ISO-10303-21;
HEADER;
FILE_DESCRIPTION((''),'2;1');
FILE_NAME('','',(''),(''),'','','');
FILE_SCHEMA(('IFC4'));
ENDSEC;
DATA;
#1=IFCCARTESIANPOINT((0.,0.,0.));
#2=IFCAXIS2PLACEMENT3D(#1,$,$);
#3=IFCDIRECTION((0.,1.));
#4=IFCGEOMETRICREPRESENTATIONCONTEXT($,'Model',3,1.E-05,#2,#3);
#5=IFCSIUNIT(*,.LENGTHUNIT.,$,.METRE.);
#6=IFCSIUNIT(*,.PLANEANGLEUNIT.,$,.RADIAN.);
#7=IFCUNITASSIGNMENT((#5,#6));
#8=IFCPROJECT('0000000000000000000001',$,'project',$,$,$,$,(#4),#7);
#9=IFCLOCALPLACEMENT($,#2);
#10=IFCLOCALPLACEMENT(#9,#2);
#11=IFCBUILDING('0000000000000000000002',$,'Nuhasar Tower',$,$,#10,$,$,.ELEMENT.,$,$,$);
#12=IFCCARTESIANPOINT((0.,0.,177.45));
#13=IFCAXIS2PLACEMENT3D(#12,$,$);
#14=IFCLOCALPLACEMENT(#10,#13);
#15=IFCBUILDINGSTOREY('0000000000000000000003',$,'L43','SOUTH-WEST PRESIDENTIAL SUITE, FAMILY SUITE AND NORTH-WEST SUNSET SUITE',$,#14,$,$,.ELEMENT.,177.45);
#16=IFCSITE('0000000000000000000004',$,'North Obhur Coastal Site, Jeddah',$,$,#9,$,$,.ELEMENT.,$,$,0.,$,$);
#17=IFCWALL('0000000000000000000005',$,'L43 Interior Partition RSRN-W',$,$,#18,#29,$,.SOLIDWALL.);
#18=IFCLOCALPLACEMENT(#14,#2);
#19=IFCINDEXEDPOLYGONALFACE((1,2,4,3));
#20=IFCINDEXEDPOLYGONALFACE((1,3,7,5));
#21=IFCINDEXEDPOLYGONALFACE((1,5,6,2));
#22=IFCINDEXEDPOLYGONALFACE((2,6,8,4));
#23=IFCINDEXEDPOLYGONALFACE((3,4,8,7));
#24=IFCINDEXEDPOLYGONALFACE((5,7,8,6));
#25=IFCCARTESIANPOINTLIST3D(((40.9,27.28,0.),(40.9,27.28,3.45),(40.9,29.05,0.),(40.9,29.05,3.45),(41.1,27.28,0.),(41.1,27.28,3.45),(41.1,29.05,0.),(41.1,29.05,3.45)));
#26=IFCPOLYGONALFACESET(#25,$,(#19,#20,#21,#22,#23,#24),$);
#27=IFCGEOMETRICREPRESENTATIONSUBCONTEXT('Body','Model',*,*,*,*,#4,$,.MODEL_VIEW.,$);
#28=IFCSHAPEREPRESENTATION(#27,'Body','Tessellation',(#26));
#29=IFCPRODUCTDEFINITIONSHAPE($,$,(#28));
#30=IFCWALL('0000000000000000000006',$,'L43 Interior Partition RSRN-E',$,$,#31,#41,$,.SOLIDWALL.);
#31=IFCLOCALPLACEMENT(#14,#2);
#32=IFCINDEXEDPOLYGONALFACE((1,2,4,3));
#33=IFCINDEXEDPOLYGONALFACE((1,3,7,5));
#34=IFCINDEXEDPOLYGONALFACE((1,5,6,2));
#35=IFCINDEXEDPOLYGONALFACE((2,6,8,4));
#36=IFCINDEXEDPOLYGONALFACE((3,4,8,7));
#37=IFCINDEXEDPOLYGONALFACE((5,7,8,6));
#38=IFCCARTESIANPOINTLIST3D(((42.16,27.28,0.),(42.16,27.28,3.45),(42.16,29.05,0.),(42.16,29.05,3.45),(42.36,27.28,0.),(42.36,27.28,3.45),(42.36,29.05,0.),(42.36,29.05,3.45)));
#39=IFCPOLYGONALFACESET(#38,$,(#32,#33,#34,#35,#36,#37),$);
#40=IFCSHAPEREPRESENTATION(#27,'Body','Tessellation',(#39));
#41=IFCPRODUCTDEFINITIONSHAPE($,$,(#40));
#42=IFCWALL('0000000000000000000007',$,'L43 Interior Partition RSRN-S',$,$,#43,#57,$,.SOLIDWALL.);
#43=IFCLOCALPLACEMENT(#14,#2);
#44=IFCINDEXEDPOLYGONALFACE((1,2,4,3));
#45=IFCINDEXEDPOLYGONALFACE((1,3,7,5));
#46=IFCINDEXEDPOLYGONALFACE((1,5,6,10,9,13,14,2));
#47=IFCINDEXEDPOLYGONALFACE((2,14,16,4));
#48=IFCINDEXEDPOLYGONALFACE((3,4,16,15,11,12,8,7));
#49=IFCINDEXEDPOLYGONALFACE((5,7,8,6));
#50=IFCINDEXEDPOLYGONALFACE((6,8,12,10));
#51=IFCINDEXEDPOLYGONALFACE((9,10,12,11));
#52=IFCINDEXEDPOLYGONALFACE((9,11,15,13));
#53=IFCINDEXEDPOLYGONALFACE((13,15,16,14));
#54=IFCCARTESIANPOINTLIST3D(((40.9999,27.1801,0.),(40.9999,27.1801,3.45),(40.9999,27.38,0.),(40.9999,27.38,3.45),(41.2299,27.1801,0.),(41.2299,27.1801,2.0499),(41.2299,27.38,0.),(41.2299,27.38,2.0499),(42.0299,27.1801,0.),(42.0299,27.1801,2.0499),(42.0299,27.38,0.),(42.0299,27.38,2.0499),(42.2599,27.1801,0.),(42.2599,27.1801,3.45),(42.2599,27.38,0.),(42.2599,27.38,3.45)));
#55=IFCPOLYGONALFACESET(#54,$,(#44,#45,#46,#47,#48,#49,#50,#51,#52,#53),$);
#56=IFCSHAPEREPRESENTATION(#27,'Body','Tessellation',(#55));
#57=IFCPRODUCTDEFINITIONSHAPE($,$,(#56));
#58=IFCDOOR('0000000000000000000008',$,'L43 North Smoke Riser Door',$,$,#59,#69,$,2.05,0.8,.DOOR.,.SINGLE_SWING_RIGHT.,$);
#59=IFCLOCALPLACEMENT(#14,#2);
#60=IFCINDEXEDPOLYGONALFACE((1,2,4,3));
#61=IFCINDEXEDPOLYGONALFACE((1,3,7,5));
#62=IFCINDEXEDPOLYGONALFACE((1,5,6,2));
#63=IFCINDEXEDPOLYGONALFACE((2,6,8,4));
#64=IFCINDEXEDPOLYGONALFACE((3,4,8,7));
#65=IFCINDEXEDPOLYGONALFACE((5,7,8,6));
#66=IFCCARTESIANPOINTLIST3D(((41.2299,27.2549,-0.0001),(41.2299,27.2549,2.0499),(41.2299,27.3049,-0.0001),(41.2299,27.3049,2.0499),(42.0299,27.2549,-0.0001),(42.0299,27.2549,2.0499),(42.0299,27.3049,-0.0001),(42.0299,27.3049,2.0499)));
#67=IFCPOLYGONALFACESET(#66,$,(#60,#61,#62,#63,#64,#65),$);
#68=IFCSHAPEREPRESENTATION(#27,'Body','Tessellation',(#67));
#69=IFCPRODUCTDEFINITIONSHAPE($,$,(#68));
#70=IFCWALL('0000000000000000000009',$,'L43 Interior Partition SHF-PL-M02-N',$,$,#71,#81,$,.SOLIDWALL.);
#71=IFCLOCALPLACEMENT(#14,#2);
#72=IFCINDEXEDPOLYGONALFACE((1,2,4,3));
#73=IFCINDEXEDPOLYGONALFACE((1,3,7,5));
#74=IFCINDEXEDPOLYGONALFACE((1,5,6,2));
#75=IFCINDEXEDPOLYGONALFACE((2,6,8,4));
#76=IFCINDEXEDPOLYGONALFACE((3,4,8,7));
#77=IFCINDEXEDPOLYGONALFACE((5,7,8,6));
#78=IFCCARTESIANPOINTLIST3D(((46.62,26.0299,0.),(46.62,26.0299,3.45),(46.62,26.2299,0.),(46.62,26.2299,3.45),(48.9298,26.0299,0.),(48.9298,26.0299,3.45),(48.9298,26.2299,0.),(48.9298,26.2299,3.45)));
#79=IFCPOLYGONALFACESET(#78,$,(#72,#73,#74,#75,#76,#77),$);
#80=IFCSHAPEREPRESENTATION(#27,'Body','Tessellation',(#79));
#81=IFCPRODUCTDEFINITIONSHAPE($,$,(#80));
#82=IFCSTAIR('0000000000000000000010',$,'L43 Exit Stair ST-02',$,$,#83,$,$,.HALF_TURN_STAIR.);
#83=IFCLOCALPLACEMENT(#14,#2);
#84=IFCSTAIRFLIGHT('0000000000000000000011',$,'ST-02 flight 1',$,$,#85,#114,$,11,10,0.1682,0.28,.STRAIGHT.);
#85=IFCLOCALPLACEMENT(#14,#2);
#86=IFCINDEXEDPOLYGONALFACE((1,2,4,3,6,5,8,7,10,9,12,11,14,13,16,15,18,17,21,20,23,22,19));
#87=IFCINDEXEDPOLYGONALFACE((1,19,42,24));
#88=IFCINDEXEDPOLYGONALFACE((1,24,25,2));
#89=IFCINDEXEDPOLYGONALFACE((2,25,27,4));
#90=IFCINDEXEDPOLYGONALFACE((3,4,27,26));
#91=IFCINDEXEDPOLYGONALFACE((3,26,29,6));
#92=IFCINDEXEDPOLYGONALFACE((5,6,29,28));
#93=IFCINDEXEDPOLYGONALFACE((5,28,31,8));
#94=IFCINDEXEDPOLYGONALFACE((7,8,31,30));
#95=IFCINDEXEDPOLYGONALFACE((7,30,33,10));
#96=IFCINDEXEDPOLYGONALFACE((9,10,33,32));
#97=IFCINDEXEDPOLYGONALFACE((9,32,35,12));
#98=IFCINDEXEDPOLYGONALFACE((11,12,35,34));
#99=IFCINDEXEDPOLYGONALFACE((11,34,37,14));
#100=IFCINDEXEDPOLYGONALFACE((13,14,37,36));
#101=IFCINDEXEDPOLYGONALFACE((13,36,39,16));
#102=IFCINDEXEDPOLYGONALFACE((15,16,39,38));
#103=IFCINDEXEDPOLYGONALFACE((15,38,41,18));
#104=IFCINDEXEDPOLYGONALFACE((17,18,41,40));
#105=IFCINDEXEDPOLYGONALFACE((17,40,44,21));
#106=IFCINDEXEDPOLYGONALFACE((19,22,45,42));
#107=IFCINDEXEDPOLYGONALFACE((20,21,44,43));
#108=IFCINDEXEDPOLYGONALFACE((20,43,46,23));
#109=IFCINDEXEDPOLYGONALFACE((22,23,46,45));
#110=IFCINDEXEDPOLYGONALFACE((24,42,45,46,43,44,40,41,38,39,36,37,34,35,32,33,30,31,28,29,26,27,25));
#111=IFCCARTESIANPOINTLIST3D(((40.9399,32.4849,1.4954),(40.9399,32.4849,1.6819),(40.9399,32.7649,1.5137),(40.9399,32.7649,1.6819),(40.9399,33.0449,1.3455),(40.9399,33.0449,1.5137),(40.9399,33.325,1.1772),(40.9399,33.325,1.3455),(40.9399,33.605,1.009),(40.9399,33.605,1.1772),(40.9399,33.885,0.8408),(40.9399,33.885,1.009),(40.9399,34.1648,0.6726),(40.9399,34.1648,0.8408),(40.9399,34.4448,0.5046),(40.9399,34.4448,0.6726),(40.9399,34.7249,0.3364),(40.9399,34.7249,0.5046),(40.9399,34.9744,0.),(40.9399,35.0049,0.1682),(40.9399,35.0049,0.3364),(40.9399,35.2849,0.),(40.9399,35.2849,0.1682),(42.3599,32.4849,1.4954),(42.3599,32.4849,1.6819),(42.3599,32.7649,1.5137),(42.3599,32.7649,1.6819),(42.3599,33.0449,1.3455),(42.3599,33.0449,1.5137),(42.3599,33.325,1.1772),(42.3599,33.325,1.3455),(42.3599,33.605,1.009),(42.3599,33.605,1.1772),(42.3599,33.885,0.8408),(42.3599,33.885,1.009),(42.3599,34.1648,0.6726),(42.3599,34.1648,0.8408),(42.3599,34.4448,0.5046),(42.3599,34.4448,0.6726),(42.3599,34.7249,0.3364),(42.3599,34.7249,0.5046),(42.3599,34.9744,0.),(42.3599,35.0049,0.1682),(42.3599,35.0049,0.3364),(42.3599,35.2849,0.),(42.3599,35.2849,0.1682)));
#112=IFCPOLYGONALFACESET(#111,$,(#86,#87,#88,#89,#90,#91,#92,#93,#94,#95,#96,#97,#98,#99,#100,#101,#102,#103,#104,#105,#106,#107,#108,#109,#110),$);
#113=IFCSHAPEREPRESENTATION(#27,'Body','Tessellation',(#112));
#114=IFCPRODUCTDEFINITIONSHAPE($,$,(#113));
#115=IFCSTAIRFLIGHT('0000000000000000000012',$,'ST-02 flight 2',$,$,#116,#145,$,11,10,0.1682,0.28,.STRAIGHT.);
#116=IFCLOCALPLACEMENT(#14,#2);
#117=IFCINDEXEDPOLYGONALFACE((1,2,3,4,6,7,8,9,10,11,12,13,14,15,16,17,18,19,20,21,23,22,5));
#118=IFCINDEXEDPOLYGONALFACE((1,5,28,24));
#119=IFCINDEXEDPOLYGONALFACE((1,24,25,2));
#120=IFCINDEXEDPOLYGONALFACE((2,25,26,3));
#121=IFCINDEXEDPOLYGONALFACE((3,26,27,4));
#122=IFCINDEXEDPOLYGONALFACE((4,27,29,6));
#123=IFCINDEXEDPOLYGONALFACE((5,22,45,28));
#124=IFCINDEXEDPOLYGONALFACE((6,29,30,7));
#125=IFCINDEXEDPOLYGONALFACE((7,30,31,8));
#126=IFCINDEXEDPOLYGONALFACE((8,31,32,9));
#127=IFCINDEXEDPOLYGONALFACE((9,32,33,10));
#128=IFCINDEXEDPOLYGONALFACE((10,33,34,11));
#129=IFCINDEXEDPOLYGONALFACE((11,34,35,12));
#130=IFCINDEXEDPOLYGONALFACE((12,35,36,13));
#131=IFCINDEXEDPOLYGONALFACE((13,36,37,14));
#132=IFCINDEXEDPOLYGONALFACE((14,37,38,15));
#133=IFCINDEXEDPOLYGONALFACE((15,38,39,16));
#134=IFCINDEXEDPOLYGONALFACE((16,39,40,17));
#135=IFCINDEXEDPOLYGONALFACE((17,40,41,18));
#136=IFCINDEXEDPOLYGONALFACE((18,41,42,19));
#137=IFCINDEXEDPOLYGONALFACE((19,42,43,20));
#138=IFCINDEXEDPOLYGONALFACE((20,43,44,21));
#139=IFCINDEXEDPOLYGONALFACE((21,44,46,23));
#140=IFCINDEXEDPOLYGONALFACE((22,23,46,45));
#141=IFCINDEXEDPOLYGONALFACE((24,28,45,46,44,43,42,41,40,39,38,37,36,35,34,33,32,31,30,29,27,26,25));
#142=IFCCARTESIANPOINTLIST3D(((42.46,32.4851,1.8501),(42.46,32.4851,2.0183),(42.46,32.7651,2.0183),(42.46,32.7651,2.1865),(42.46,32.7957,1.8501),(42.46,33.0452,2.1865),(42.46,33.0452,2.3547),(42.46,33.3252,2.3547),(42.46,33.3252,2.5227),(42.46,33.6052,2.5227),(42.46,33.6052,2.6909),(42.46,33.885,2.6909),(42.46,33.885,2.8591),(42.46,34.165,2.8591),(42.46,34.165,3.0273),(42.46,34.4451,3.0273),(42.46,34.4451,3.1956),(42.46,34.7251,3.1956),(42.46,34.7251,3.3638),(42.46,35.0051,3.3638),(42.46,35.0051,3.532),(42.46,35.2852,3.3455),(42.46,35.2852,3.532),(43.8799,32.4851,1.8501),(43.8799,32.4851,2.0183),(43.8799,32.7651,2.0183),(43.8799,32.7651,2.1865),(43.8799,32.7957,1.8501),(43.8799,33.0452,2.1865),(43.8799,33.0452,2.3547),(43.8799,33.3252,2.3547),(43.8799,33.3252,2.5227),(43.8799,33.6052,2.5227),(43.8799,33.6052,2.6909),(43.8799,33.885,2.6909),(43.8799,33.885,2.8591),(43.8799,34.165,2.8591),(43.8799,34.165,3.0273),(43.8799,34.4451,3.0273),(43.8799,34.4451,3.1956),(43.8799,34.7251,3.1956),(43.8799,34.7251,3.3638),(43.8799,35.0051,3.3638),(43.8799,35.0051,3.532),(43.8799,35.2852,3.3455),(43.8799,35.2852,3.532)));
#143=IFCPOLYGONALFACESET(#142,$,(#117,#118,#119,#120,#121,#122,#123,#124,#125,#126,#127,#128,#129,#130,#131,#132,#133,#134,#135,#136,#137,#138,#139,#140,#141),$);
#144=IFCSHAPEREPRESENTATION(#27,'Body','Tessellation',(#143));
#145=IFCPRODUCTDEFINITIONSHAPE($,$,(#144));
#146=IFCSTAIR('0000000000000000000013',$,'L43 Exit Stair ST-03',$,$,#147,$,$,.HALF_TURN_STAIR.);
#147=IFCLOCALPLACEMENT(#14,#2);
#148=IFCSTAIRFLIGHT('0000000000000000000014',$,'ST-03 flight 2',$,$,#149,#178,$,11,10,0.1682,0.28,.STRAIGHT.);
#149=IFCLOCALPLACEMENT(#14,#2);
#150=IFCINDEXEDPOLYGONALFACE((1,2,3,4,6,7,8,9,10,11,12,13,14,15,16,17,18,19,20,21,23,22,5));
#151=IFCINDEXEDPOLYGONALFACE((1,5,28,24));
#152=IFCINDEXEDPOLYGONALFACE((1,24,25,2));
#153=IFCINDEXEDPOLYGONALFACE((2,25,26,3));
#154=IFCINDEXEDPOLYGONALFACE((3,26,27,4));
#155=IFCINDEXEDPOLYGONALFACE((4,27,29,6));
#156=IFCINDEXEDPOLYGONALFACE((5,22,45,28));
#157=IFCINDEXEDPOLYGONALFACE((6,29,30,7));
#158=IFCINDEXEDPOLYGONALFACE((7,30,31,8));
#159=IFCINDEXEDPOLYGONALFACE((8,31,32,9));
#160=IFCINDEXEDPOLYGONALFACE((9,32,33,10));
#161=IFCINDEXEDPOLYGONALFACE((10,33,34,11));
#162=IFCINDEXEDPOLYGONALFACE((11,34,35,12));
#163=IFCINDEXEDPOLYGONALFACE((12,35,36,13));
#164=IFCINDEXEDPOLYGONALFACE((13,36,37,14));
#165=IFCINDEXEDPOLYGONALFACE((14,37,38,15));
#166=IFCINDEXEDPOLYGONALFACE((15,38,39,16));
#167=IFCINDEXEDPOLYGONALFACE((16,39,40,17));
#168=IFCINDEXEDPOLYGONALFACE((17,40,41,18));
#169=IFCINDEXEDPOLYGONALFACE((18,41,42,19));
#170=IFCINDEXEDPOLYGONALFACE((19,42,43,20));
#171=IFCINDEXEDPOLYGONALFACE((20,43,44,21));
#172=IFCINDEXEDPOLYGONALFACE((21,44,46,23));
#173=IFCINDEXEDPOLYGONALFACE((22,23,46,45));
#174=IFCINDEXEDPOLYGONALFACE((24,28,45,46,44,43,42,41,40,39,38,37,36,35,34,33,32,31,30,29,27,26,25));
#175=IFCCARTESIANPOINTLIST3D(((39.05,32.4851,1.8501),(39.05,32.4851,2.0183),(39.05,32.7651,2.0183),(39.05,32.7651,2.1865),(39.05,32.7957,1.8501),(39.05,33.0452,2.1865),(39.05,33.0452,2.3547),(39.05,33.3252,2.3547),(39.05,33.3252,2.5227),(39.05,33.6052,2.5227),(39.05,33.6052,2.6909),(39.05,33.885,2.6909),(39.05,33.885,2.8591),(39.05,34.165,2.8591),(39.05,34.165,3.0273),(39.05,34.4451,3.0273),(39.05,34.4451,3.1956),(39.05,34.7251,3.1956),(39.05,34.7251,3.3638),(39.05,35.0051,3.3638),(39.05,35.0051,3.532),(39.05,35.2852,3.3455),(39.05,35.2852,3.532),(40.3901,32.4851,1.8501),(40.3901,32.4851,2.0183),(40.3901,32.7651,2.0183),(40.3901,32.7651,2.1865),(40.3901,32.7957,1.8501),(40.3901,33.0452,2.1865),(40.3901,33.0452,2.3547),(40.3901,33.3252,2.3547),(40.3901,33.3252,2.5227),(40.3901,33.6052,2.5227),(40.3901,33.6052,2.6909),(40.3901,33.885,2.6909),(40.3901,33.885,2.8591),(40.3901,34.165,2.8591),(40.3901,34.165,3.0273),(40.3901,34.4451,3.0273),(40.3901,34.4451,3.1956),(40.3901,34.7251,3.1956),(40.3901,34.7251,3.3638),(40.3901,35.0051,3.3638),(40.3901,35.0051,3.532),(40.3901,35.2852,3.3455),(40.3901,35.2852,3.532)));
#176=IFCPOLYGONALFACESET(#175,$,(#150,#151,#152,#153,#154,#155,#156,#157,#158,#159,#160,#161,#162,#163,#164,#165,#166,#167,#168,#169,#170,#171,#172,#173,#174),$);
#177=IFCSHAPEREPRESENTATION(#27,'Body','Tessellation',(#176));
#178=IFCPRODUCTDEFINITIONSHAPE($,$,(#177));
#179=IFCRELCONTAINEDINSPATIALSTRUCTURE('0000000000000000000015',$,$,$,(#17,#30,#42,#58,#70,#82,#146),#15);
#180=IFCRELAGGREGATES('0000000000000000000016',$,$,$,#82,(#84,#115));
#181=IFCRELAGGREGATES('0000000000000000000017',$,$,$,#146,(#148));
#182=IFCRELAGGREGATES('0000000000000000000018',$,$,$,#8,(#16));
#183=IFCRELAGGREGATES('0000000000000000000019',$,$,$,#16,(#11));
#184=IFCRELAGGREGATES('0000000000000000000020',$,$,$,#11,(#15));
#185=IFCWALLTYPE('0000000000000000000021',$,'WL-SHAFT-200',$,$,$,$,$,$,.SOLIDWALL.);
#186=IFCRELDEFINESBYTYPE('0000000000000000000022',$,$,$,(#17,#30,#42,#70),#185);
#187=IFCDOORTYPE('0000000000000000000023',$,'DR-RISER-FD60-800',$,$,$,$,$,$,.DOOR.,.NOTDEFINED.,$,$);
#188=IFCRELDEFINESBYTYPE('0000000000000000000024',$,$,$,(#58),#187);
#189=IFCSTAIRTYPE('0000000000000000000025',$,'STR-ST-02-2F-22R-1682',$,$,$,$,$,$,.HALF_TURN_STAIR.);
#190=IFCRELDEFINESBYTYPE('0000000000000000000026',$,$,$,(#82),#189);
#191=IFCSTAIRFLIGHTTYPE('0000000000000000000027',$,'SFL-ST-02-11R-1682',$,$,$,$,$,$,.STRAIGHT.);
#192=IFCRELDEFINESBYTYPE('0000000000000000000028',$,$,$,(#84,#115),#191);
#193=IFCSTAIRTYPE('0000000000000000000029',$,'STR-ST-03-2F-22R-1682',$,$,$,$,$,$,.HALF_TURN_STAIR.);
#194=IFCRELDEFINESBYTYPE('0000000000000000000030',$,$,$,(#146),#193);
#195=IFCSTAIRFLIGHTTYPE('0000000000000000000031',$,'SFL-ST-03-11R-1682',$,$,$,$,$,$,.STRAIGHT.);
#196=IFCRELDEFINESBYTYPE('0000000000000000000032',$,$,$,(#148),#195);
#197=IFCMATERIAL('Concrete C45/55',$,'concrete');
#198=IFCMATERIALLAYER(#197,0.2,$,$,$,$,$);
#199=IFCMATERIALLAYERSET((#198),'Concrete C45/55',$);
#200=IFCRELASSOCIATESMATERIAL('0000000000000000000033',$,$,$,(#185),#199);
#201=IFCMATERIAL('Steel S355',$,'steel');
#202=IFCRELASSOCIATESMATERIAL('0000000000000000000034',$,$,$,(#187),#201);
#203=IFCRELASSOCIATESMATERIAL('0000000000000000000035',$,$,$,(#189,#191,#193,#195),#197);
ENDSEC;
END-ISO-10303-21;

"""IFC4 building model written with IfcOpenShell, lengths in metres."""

from ifc_helpers import new_model, si_unit, direction, frame, frame_2d, origin, place, context, subcontext, project, spatial, polyline, rectangle, outline, extrude, material, layer, layer_set, type_object, element, fill, aggregate, save


model = new_model("IFC4")

# Units and contexts
model_context = context("Model", 3, precision=1e-05, world=origin(), true_north=direction((0.0, 1.0)))
body_context = subcontext(model_context, "Body", "Model", "MODEL_VIEW")
ifc_project = project(units=[si_unit("LENGTHUNIT", "METRE"), si_unit("PLANEANGLEUNIT", "RADIAN")], contexts=[model_context])

# Site, building, storey
site_placement = place(None, origin())
site = spatial("IfcSite", under=ifc_project, at=site_placement, Name="North Obhur Coastal Site, Jeddah", CompositionType="ELEMENT", RefElevation=0.0)
building_placement = place(site_placement, origin())
building = spatial("IfcBuilding", under=site, at=building_placement, Name="Nuhasar Tower", CompositionType="ELEMENT")
storey_placement = place(building_placement, frame((0.0, 0.0, 177.45)))
storey = spatial("IfcBuildingStorey", under=building, at=storey_placement, Name="L43", Description="SOUTH-WEST PRESIDENTIAL SUITE, FAMILY SUITE AND NORTH-WEST SUNSET SUITE", CompositionType="ELEMENT", Elevation=177.45)

# Shared definitions
ifc_material_1 = material(Name="Steel S355", Category="steel")

# Shared definitions
ifc_material_2 = material(Name="Concrete C45/55", Category="concrete")

# Walls
ifc_layer_1 = layer(ifc_material_2, 0.2)
ifc_layer_set_1 = layer_set([ifc_layer_1], Name="Concrete C45/55")
wall_type_1 = type_object("IfcWallType", Name="WL-SHAFT-200", PredefinedType="SOLIDWALL", material=ifc_layer_set_1)
for number, where, z_axis, x_axis, name in (
    (1, (41.0, 27.28, 0.0), (0.0, 0.0, 1.0), (0.0, 1.0, 0.0), "L43 Interior Partition RSRN-W"),
    (2, (42.26, 27.28, 0.0), (0.0, 0.0, 1.0), (0.0, 1.0, 0.0), "L43 Interior Partition RSRN-E"),
):
    element("IfcWall", number, at=place(storey_placement, frame(where, z_axis=z_axis, x_axis=x_axis)), inside=storey, type_object=wall_type_1, Name=name, PredefinedType="SOLIDWALL", context=body_context, shape_type="SweptSolid", body=[
        extrude(rectangle(XDim=1.77, YDim=0.2, at=frame_2d((0.885, 0.0))), origin(), (0.0, 0.0, 1.0), 3.45),
    ])

# Wall, opening, door
wall_1_placement = place(storey_placement, frame((41.0, 27.28, 0.0), z_axis=(0.0, 0.0, 1.0), x_axis=(1.0, 0.0, 0.0)))
wall_1 = element("IfcWall", 3, at=wall_1_placement, inside=storey, type_object=wall_type_1, Name="L43 Interior Partition RSRN-S", PredefinedType="SOLIDWALL", context=body_context, shape_type="SweptSolid", body=[
    extrude(rectangle(XDim=1.26, YDim=0.2, at=frame_2d((0.6299, 0.0))), origin(), (0.0, 0.0, 1.0), 3.45),
])
opening_1_placement = place(wall_1_placement, frame((0.23, 0.0, 0.0)))
opening_1 = element("IfcOpeningElement", 4, at=opening_1_placement, cuts=wall_1, PredefinedType="OPENING", context=body_context, shape_type="SweptSolid", body=[
    extrude(rectangle(XDim=0.8, YDim=2.05, at=frame_2d((0.3999, 1.0249))), frame((0.0, 0.1099, 0.0), z_axis=(0.0, -1.0, 0.0), x_axis=(1.0, 0.0, 0.0)), (0.0, 0.0, 1.0), 0.22),
])
door_type_1 = type_object("IfcDoorType", Name="DR-RISER-FD60-800", OperationType="NOTDEFINED", PredefinedType="DOOR", material=ifc_material_1)
door_1_placement = place(opening_1_placement, origin())
door_1 = element("IfcDoor", 5, at=door_1_placement, inside=storey, type_object=door_type_1, Name="L43 North Smoke Riser Door", OperationType="SINGLE_SWING_RIGHT", OverallHeight=2.05, OverallWidth=0.8, PredefinedType="DOOR", context=body_context, shape_type="SweptSolid", body=[
    extrude(rectangle(XDim=0.8, YDim=2.05, at=frame_2d((0.3999, 1.0249))), frame((0.0, 0.0249, 0.0), z_axis=(0.0, -1.0, 0.0), x_axis=(1.0, 0.0, 0.0)), (0.0, 0.0, 1.0), 0.05),
])
fill(opening_1, door_1)

# Wall
wall_2_placement = place(storey_placement, frame((46.6201, 26.1299, 0.0), z_axis=(0.0, 0.0, 1.0), x_axis=(1.0, 0.0, 0.0)))
element("IfcWall", 6, at=wall_2_placement, inside=storey, type_object=wall_type_1, Name="L43 Interior Partition SHF-PL-M02-N", PredefinedType="SOLIDWALL", context=body_context, shape_type="SweptSolid", body=[
    extrude(rectangle(XDim=2.3098, YDim=0.2, at=frame_2d((1.1548, 0.0))), origin(), (0.0, 0.0, 1.0), 3.45),
])

# Stair, stair flights
stair_type_1 = type_object("IfcStairType", Name="STR-ST-02-2F-22R-1682", PredefinedType="HALF_TURN_STAIR", material=ifc_material_2)
stair_1_placement = place(storey_placement, origin())
stair_1 = element("IfcStair", 7, at=stair_1_placement, inside=storey, type_object=stair_type_1, Name="L43 Exit Stair ST-02", PredefinedType="HALF_TURN_STAIR")
stair_flight_type_1 = type_object("IfcStairFlightType", Name="SFL-ST-02-11R-1682", PredefinedType="STRAIGHT", material=ifc_material_2)
stair_flight_1_placement = place(storey_placement, frame((41.6499, 35.2849, 0.0), z_axis=(0.0, 0.0, 1.0), x_axis=(0.0, -1.0, 0.0)))
stair_flight_1 = element("IfcStairFlight", 8, at=stair_flight_1_placement, type_object=stair_flight_type_1, Name="ST-02 flight 1", NumberOfRisers=11, NumberOfTreads=10, PredefinedType="STRAIGHT", RiserHeight=0.1682, TreadLength=0.28, context=body_context, shape_type="SweptSolid", body=[
    extrude(outline(polyline([(0.0, 0.0), (0.0, 0.1682), (0.28, 0.1682), (0.28, 0.3364), (0.5601, 0.3364), (0.5601, 0.5046), (0.8401, 0.5046), (0.8401, 0.6726), (1.1201, 0.6726), (1.1201, 0.8408), (1.3999, 0.8408), (1.3999, 1.009), (1.6799, 1.009), (1.6799, 1.1772), (1.96, 1.1772), (1.96, 1.3455), (2.24, 1.3455), (2.24, 1.5137), (2.52, 1.5137), (2.52, 1.6819), (2.8, 1.6819), (2.8, 1.8501), (2.8, 1.4954), (0.3105, 0.0), (0.0, 0.0)])), frame((0.0, 0.71, 0.0), z_axis=(0.0, -1.0, 0.0), x_axis=(1.0, 0.0, 0.0)), (0.0, 0.0, 1.0), 1.4199),
])
stair_flight_2_placement = place(storey_placement, frame((43.1699, 32.4851, 1.8501), z_axis=(0.0, 0.0, 1.0), x_axis=(0.0, 1.0, 0.0)))
stair_flight_2 = element("IfcStairFlight", 9, at=stair_flight_2_placement, type_object=stair_flight_type_1, Name="ST-02 flight 2", NumberOfRisers=11, NumberOfTreads=10, PredefinedType="STRAIGHT", RiserHeight=0.1682, TreadLength=0.28, context=body_context, shape_type="SweptSolid", body=[
    extrude(outline(polyline([(0.0, 0.0), (0.0, 0.1682), (0.28, 0.1682), (0.28, 0.3364), (0.5601, 0.3364), (0.5601, 0.5046), (0.8401, 0.5046), (0.8401, 0.6726), (1.1201, 0.6726), (1.1201, 0.8408), (1.3999, 0.8408), (1.3999, 1.009), (1.6799, 1.009), (1.6799, 1.1772), (1.96, 1.1772), (1.96, 1.3455), (2.24, 1.3455), (2.24, 1.5137), (2.52, 1.5137), (2.52, 1.6819), (2.8, 1.6819), (2.8, 1.8501), (2.8, 1.4954), (0.3105, 0.0), (0.0, 0.0)])), frame((0.0, 0.71, 0.0), z_axis=(0.0, -1.0, 0.0), x_axis=(1.0, 0.0, 0.0)), (0.0, 0.0, 1.0), 1.4199),
])
aggregate(stair_1, [stair_flight_1, stair_flight_2])

# Stair, stair flight
stair_type_2 = type_object("IfcStairType", Name="STR-ST-03-2F-22R-1682", PredefinedType="HALF_TURN_STAIR", material=ifc_material_2)
stair_2_placement = place(storey_placement, origin())
stair_2 = element("IfcStair", 10, at=stair_2_placement, inside=storey, type_object=stair_type_2, Name="L43 Exit Stair ST-03", PredefinedType="HALF_TURN_STAIR")
stair_flight_type_2 = type_object("IfcStairFlightType", Name="SFL-ST-03-11R-1682", PredefinedType="STRAIGHT", material=ifc_material_2)
stair_flight_3_placement = place(storey_placement, frame((39.72, 32.4851, 1.8501), z_axis=(0.0, 0.0, 1.0), x_axis=(0.0, 1.0, 0.0)))
stair_flight_3 = element("IfcStairFlight", 11, at=stair_flight_3_placement, type_object=stair_flight_type_2, Name="ST-03 flight 2", NumberOfRisers=11, NumberOfTreads=10, PredefinedType="STRAIGHT", RiserHeight=0.1682, TreadLength=0.28, context=body_context, shape_type="SweptSolid", body=[
    extrude(outline(polyline([(0.0, 0.0), (0.0, 0.1682), (0.28, 0.1682), (0.28, 0.3364), (0.5601, 0.3364), (0.5601, 0.5046), (0.8401, 0.5046), (0.8401, 0.6726), (1.1201, 0.6726), (1.1201, 0.8408), (1.3999, 0.8408), (1.3999, 1.009), (1.6799, 1.009), (1.6799, 1.1772), (1.96, 1.1772), (1.96, 1.3455), (2.24, 1.3455), (2.24, 1.5137), (2.52, 1.5137), (2.52, 1.6819), (2.8, 1.6819), (2.8, 1.8501), (2.8, 1.4954), (0.3105, 0.0), (0.0, 0.0)])), frame((0.0, 0.6699, 0.0), z_axis=(0.0, -1.0, 0.0), x_axis=(1.0, 0.0, 0.0)), (0.0, 0.0, 1.0), 1.3401),
])
aggregate(stair_2, [stair_flight_3])

save(model, "model.ifc")
